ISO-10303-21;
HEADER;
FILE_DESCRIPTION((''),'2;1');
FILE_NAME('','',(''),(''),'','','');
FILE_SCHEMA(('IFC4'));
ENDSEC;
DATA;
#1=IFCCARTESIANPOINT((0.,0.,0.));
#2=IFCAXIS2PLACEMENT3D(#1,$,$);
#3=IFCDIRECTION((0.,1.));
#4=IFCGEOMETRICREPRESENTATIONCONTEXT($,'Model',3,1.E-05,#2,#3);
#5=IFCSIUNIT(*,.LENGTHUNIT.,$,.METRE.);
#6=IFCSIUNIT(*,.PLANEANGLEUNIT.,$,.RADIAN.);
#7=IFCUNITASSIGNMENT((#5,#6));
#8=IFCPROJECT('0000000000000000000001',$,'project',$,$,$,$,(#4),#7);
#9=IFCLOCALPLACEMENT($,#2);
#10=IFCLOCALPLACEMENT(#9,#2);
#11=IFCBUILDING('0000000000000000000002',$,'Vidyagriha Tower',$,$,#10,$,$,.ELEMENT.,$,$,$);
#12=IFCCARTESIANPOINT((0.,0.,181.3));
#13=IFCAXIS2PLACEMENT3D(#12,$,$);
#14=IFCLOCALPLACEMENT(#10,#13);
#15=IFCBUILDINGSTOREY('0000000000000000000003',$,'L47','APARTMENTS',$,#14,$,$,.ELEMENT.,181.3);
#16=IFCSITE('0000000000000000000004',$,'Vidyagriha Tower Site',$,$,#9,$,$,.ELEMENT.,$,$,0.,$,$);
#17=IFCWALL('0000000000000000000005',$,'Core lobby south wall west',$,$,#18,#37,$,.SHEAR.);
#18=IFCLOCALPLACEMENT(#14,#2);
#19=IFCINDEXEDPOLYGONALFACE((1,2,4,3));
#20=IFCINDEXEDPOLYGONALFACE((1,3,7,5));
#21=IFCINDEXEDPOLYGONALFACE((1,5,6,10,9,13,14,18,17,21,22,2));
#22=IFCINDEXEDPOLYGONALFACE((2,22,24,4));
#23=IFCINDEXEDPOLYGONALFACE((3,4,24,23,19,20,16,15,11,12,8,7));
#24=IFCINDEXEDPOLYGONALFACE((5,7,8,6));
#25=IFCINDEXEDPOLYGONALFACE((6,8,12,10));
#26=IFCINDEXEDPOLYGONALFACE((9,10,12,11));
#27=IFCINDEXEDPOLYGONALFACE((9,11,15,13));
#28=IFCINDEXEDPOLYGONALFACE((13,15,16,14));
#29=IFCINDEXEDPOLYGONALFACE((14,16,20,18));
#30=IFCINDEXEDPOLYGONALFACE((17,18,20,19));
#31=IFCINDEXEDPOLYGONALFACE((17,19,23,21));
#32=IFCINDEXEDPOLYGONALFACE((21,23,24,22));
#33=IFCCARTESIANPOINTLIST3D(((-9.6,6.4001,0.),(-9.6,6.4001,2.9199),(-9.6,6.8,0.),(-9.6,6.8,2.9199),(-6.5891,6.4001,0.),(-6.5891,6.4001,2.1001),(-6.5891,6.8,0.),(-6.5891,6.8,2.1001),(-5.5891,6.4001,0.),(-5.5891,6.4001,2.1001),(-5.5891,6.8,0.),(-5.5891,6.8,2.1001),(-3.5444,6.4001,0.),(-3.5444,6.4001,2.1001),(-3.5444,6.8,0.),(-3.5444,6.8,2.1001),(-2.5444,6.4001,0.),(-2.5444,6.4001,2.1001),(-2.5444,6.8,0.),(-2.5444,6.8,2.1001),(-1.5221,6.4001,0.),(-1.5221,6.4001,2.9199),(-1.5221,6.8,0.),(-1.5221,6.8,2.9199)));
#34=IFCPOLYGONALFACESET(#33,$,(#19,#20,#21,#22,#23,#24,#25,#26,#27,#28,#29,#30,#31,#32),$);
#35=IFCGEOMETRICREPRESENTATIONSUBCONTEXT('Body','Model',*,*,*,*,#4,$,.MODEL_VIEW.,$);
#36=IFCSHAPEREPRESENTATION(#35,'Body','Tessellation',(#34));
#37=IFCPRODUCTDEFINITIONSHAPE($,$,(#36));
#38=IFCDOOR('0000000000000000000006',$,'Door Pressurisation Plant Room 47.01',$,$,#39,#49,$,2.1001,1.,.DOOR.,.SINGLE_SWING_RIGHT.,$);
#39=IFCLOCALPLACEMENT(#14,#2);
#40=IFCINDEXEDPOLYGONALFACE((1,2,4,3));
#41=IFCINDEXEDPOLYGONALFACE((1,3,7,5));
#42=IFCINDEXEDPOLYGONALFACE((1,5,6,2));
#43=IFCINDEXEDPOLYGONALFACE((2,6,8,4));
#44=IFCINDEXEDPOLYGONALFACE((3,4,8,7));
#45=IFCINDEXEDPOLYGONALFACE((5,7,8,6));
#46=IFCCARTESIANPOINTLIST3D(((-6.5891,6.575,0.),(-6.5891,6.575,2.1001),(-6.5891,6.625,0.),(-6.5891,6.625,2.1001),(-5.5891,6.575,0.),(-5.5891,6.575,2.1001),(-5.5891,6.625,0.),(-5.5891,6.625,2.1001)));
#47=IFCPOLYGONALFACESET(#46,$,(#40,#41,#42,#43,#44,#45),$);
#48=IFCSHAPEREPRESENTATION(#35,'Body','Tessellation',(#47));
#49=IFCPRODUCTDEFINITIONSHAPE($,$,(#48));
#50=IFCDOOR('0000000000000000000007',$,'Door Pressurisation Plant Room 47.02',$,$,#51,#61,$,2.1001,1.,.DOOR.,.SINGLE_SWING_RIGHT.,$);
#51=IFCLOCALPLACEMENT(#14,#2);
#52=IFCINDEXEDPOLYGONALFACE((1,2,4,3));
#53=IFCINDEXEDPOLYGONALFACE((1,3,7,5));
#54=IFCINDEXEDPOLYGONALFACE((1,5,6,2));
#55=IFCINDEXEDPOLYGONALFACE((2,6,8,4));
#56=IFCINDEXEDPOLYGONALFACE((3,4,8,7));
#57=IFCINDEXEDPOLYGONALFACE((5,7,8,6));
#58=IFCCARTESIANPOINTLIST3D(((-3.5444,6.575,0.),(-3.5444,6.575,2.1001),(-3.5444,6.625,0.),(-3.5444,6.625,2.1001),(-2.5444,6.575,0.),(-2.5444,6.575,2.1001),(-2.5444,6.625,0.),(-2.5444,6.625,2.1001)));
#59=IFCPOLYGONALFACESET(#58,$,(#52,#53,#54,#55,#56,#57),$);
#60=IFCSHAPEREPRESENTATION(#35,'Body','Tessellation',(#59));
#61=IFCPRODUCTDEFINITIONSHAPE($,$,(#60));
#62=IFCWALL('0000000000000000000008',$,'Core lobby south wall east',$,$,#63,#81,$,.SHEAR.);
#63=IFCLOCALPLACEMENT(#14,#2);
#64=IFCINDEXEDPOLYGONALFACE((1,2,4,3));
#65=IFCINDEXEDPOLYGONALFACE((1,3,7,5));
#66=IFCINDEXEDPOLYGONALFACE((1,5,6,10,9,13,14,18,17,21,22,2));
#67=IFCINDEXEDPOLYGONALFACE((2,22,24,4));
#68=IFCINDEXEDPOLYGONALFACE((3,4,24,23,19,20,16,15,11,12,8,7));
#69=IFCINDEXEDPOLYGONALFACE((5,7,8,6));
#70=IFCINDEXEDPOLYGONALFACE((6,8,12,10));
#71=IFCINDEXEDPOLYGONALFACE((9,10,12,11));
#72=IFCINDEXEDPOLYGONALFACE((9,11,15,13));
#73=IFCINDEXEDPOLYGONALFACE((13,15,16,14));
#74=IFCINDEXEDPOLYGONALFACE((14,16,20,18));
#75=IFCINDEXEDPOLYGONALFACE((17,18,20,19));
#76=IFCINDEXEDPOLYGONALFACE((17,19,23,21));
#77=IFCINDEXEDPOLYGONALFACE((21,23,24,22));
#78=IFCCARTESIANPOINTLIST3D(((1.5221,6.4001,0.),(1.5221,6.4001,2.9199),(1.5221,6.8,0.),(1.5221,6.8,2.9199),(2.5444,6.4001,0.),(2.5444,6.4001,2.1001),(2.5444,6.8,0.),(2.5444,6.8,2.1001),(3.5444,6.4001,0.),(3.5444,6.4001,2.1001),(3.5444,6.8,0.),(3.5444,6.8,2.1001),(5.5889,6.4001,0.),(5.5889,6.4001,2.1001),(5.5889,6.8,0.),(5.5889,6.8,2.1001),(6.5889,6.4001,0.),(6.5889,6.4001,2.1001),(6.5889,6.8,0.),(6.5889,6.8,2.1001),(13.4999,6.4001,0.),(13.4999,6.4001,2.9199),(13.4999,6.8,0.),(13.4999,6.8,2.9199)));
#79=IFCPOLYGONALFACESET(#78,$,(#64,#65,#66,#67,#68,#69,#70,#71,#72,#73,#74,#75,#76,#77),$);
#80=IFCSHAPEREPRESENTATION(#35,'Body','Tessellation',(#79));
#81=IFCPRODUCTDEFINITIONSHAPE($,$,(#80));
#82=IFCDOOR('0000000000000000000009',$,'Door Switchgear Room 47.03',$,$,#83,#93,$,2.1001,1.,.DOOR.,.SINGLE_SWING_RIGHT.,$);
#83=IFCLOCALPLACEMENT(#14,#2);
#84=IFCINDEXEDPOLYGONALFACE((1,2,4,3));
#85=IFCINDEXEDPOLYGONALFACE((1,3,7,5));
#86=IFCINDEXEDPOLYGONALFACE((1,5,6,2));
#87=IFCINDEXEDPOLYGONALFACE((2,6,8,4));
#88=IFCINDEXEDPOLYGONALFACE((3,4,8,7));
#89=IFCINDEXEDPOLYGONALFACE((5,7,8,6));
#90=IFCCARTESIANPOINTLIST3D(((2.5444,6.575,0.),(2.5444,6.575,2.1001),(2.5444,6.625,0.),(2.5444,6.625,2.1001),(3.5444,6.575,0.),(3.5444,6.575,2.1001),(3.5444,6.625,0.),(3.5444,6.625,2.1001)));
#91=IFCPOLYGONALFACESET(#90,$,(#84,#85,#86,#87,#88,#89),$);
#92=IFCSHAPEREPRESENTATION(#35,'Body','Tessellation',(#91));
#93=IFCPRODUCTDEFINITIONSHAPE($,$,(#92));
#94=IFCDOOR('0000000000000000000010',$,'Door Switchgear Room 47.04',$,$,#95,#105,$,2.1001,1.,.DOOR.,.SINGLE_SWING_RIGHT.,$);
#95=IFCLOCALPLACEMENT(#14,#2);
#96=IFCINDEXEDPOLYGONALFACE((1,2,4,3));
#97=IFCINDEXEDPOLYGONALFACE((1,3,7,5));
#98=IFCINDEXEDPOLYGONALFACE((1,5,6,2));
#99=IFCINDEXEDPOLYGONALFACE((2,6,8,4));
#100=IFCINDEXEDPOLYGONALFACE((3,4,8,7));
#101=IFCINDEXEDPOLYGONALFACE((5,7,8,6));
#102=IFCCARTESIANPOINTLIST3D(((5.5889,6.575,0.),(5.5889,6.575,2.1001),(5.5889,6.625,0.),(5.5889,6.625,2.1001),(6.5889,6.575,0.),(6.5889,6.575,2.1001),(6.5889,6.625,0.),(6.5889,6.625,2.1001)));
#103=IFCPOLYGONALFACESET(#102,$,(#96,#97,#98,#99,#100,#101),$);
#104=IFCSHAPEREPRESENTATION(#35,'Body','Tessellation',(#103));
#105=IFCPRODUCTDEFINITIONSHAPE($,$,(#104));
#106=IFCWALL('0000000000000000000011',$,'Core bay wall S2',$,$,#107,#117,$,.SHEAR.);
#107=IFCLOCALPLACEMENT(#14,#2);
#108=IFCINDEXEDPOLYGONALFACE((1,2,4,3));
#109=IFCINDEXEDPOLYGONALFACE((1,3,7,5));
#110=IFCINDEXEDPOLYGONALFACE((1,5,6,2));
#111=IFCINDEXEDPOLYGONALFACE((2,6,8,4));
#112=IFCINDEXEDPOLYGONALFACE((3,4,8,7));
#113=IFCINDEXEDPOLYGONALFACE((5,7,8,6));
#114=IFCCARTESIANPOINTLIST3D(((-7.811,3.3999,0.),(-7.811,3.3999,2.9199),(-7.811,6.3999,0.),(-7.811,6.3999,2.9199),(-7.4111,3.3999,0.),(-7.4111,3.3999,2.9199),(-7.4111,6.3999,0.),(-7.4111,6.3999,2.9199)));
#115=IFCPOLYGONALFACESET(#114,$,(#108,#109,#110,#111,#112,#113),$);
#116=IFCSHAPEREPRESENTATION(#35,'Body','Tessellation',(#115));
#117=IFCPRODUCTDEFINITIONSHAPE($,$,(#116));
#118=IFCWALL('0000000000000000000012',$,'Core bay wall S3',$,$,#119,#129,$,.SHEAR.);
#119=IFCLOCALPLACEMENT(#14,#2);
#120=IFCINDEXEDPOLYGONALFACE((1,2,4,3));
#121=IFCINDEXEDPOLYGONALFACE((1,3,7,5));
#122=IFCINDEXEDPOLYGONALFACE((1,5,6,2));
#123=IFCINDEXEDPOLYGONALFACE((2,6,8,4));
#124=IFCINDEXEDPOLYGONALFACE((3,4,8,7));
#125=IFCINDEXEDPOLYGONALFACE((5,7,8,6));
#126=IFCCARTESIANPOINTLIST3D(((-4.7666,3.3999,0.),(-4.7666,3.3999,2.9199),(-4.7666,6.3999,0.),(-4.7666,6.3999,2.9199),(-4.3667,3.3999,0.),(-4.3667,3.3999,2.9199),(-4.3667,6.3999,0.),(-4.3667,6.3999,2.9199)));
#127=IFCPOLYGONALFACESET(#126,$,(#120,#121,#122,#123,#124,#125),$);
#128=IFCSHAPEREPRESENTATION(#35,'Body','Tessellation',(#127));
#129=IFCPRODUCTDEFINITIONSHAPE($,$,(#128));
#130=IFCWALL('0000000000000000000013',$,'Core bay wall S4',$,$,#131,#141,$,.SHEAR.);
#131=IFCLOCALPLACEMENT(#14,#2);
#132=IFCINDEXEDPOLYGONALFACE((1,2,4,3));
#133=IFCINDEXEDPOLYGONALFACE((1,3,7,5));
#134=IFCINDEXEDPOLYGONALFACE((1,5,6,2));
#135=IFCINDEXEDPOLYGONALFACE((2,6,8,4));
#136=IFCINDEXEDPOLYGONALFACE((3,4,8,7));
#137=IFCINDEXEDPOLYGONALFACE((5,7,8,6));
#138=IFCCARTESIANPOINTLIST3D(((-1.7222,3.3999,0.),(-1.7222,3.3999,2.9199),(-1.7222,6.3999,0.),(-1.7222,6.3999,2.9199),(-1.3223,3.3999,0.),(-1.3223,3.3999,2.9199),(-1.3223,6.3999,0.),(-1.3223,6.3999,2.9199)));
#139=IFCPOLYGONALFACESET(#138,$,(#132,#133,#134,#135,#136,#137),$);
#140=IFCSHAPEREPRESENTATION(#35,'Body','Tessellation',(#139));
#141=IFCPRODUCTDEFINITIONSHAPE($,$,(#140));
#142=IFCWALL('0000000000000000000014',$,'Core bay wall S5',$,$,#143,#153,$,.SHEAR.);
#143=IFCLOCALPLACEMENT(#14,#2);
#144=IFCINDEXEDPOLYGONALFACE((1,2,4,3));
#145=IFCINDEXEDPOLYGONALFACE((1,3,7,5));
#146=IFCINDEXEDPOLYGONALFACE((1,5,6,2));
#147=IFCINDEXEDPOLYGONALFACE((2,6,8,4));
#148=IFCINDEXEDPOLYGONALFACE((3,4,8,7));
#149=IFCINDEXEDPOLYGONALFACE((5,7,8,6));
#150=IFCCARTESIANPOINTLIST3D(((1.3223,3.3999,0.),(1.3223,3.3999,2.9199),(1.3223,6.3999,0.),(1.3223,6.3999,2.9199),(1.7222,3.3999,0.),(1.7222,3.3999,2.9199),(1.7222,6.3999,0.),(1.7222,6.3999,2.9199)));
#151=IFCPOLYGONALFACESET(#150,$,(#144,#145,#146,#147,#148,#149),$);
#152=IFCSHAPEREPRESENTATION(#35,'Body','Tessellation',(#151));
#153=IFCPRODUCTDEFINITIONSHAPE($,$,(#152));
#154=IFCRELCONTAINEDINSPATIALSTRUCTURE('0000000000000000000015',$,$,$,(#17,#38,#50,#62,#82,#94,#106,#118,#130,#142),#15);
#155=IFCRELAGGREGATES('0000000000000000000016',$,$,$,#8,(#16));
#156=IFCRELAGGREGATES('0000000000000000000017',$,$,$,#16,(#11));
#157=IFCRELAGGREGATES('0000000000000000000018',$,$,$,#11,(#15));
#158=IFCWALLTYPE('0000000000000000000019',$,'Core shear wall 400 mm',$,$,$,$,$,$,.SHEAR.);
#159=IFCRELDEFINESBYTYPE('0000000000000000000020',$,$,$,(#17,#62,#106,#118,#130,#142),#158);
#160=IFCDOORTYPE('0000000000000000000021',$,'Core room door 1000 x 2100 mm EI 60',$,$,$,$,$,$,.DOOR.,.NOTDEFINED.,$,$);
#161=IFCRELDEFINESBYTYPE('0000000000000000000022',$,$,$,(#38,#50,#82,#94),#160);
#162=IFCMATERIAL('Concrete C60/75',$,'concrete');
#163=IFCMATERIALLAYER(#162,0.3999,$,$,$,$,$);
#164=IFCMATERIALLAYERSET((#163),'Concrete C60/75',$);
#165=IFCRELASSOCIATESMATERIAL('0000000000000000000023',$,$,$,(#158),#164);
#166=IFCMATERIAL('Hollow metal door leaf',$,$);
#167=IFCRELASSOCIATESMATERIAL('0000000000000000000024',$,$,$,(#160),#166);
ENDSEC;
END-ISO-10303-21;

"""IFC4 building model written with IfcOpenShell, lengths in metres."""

from ifc_helpers import new_model, si_unit, direction, frame, frame_2d, origin, place, context, subcontext, project, spatial, rectangle, extrude, material, layer, layer_set, type_object, element, fill, save


model = new_model("IFC4")

# Units and contexts
model_context = context("Model", 3, precision=1e-05, world=origin(), true_north=direction((0.0, 1.0)))
body_context = subcontext(model_context, "Body", "Model", "MODEL_VIEW")
ifc_project = project(units=[si_unit("LENGTHUNIT", "METRE"), si_unit("PLANEANGLEUNIT", "RADIAN")], contexts=[model_context])

# Site, building, storey
site_placement = place(None, origin())
site = spatial("IfcSite", under=ifc_project, at=site_placement, Name="Vidyagriha Tower Site", CompositionType="ELEMENT", RefElevation=0.0)
building_placement = place(site_placement, origin())
building = spatial("IfcBuilding", under=site, at=building_placement, Name="Vidyagriha Tower", CompositionType="ELEMENT")
storey_placement = place(building_placement, frame((0.0, 0.0, 181.3)))
storey = spatial("IfcBuildingStorey", under=building, at=storey_placement, Name="L47", Description="APARTMENTS", CompositionType="ELEMENT", Elevation=181.3)

# Walls, openings, doors
ifc_material_1 = material(Name="Concrete C60/75", Category="concrete")
ifc_layer_1 = layer(ifc_material_1, 0.3999)
ifc_layer_set_1 = layer_set([ifc_layer_1], Name="Concrete C60/75")
wall_type_1 = type_object("IfcWallType", Name="Core shear wall 400 mm", PredefinedType="SHEAR", material=ifc_layer_set_1)
ifc_material_2 = material(Name="Hollow metal door leaf")
door_type_1 = type_object("IfcDoorType", Name="Core room door 1000 x 2100 mm EI 60", OperationType="NOTDEFINED", PredefinedType="DOOR", material=ifc_material_2)
wall_1_placement = place(storey_placement, frame((-9.6001, 6.6001, 0.0)))
wall_1 = element("IfcWall", 1, at=wall_1_placement, inside=storey, type_object=wall_type_1, Name="Core lobby south wall west", PredefinedType="SHEAR", context=body_context, shape_type="SweptSolid", body=[
    extrude(rectangle(XDim=8.0779, YDim=0.3999, at=frame_2d((4.0391, 0.0))), origin(), (0.0, 0.0, 1.0), 2.9199),
])
opening_1_placement = place(wall_1_placement, frame((3.011, 0.0, 0.0)))
opening_1 = element("IfcOpeningElement", 2, at=opening_1_placement, cuts=wall_1, PredefinedType="OPENING", context=body_context, shape_type="SweptSolid", body=[
    extrude(rectangle(XDim=1.0, YDim=2.1001, at=frame_2d((0.5, 1.05))), frame((0.0, 0.21, 0.0), z_axis=(0.0, -1.0, 0.0), x_axis=(1.0, 0.0, 0.0)), (0.0, 0.0, 1.0), 0.4199),
])
opening_2_placement = place(wall_1_placement, frame((6.0557, 0.0, 0.0)))
opening_2 = element("IfcOpeningElement", 3, at=opening_2_placement, cuts=wall_1, PredefinedType="OPENING", context=body_context, shape_type="SweptSolid", body=[
    extrude(rectangle(XDim=1.0, YDim=2.1001, at=frame_2d((0.5, 1.05))), frame((0.0, 0.21, 0.0), z_axis=(0.0, -1.0, 0.0), x_axis=(1.0, 0.0, 0.0)), (0.0, 0.0, 1.0), 0.4199),
])
door_1_placement = place(opening_1_placement, origin())
door_1 = element("IfcDoor", 4, at=door_1_placement, inside=storey, type_object=door_type_1, Name="Door Pressurisation Plant Room 47.01", OperationType="SINGLE_SWING_RIGHT", OverallHeight=2.1001, OverallWidth=1.0, PredefinedType="DOOR", context=body_context, shape_type="SweptSolid", body=[
    extrude(rectangle(XDim=1.0, YDim=2.1001, at=frame_2d((0.5, 1.05))), frame((0.0, 0.0249, 0.0), z_axis=(0.0, -1.0, 0.0), x_axis=(1.0, 0.0, 0.0)), (0.0, 0.0, 1.0), 0.05),
])
fill(opening_1, door_1)
door_2_placement = place(opening_2_placement, origin())
door_2 = element("IfcDoor", 5, at=door_2_placement, inside=storey, type_object=door_type_1, Name="Door Pressurisation Plant Room 47.02", OperationType="SINGLE_SWING_RIGHT", OverallHeight=2.1001, OverallWidth=1.0, PredefinedType="DOOR", context=body_context, shape_type="SweptSolid", body=[
    extrude(rectangle(XDim=1.0, YDim=2.1001, at=frame_2d((0.5, 1.05))), frame((0.0, 0.0249, 0.0), z_axis=(0.0, -1.0, 0.0), x_axis=(1.0, 0.0, 0.0)), (0.0, 0.0, 1.0), 0.05),
])
fill(opening_2, door_2)
wall_2_placement = place(storey_placement, frame((1.5222, 6.6001, 0.0)))
wall_2 = element("IfcWall", 6, at=wall_2_placement, inside=storey, type_object=wall_type_1, Name="Core lobby south wall east", PredefinedType="SHEAR", context=body_context, shape_type="SweptSolid", body=[
    extrude(rectangle(XDim=11.9778, YDim=0.3999, at=frame_2d((5.9888, 0.0))), origin(), (0.0, 0.0, 1.0), 2.9199),
])
opening_3_placement = place(wall_2_placement, frame((1.0222, 0.0, 0.0)))
opening_3 = element("IfcOpeningElement", 7, at=opening_3_placement, cuts=wall_2, PredefinedType="OPENING", context=body_context, shape_type="SweptSolid", body=[
    extrude(rectangle(XDim=1.0, YDim=2.1001, at=frame_2d((0.5, 1.05))), frame((0.0, 0.21, 0.0), z_axis=(0.0, -1.0, 0.0), x_axis=(1.0, 0.0, 0.0)), (0.0, 0.0, 1.0), 0.4199),
])
opening_4_placement = place(wall_2_placement, frame((4.0667, 0.0, 0.0)))
opening_4 = element("IfcOpeningElement", 8, at=opening_4_placement, cuts=wall_2, PredefinedType="OPENING", context=body_context, shape_type="SweptSolid", body=[
    extrude(rectangle(XDim=1.0, YDim=2.1001, at=frame_2d((0.5, 1.05))), frame((0.0, 0.21, 0.0), z_axis=(0.0, -1.0, 0.0), x_axis=(1.0, 0.0, 0.0)), (0.0, 0.0, 1.0), 0.4199),
])
door_3_placement = place(opening_3_placement, origin())
door_3 = element("IfcDoor", 9, at=door_3_placement, inside=storey, type_object=door_type_1, Name="Door Switchgear Room 47.03", OperationType="SINGLE_SWING_RIGHT", OverallHeight=2.1001, OverallWidth=1.0, PredefinedType="DOOR", context=body_context, shape_type="SweptSolid", body=[
    extrude(rectangle(XDim=1.0, YDim=2.1001, at=frame_2d((0.5, 1.05))), frame((0.0, 0.0249, 0.0), z_axis=(0.0, -1.0, 0.0), x_axis=(1.0, 0.0, 0.0)), (0.0, 0.0, 1.0), 0.05),
])
fill(opening_3, door_3)
door_4_placement = place(opening_4_placement, origin())
door_4 = element("IfcDoor", 10, at=door_4_placement, inside=storey, type_object=door_type_1, Name="Door Switchgear Room 47.04", OperationType="SINGLE_SWING_RIGHT", OverallHeight=2.1001, OverallWidth=1.0, PredefinedType="DOOR", context=body_context, shape_type="SweptSolid", body=[
    extrude(rectangle(XDim=1.0, YDim=2.1001, at=frame_2d((0.5, 1.05))), frame((0.0, 0.0249, 0.0), z_axis=(0.0, -1.0, 0.0), x_axis=(1.0, 0.0, 0.0)), (0.0, 0.0, 1.0), 0.05),
])
fill(opening_4, door_4)

# Walls
for number, where, z_axis, x_axis, name in (
    (11, (-7.6111, 3.3999, 0.0), (0.0, 0.0, 1.0), (0.0, 1.0, 0.0), "Core bay wall S2"),
    (12, (-4.5667, 3.3999, 0.0), (0.0, 0.0, 1.0), (0.0, 1.0, 0.0), "Core bay wall S3"),
    (13, (-1.5222, 3.3999, 0.0), (0.0, 0.0, 1.0), (0.0, 1.0, 0.0), "Core bay wall S4"),
    (14, (1.5222, 3.3999, 0.0), (0.0, 0.0, 1.0), (0.0, 1.0, 0.0), "Core bay wall S5"),
):
    element("IfcWall", number, at=place(storey_placement, frame(where, z_axis=z_axis, x_axis=x_axis)), inside=storey, type_object=wall_type_1, Name=name, PredefinedType="SHEAR", context=body_context, shape_type="SweptSolid", body=[
        extrude(rectangle(XDim=3.0, YDim=0.3999, at=frame_2d((1.5, 0.0))), origin(), (0.0, 0.0, 1.0), 2.9199),
    ])

save(model, "model.ifc")
